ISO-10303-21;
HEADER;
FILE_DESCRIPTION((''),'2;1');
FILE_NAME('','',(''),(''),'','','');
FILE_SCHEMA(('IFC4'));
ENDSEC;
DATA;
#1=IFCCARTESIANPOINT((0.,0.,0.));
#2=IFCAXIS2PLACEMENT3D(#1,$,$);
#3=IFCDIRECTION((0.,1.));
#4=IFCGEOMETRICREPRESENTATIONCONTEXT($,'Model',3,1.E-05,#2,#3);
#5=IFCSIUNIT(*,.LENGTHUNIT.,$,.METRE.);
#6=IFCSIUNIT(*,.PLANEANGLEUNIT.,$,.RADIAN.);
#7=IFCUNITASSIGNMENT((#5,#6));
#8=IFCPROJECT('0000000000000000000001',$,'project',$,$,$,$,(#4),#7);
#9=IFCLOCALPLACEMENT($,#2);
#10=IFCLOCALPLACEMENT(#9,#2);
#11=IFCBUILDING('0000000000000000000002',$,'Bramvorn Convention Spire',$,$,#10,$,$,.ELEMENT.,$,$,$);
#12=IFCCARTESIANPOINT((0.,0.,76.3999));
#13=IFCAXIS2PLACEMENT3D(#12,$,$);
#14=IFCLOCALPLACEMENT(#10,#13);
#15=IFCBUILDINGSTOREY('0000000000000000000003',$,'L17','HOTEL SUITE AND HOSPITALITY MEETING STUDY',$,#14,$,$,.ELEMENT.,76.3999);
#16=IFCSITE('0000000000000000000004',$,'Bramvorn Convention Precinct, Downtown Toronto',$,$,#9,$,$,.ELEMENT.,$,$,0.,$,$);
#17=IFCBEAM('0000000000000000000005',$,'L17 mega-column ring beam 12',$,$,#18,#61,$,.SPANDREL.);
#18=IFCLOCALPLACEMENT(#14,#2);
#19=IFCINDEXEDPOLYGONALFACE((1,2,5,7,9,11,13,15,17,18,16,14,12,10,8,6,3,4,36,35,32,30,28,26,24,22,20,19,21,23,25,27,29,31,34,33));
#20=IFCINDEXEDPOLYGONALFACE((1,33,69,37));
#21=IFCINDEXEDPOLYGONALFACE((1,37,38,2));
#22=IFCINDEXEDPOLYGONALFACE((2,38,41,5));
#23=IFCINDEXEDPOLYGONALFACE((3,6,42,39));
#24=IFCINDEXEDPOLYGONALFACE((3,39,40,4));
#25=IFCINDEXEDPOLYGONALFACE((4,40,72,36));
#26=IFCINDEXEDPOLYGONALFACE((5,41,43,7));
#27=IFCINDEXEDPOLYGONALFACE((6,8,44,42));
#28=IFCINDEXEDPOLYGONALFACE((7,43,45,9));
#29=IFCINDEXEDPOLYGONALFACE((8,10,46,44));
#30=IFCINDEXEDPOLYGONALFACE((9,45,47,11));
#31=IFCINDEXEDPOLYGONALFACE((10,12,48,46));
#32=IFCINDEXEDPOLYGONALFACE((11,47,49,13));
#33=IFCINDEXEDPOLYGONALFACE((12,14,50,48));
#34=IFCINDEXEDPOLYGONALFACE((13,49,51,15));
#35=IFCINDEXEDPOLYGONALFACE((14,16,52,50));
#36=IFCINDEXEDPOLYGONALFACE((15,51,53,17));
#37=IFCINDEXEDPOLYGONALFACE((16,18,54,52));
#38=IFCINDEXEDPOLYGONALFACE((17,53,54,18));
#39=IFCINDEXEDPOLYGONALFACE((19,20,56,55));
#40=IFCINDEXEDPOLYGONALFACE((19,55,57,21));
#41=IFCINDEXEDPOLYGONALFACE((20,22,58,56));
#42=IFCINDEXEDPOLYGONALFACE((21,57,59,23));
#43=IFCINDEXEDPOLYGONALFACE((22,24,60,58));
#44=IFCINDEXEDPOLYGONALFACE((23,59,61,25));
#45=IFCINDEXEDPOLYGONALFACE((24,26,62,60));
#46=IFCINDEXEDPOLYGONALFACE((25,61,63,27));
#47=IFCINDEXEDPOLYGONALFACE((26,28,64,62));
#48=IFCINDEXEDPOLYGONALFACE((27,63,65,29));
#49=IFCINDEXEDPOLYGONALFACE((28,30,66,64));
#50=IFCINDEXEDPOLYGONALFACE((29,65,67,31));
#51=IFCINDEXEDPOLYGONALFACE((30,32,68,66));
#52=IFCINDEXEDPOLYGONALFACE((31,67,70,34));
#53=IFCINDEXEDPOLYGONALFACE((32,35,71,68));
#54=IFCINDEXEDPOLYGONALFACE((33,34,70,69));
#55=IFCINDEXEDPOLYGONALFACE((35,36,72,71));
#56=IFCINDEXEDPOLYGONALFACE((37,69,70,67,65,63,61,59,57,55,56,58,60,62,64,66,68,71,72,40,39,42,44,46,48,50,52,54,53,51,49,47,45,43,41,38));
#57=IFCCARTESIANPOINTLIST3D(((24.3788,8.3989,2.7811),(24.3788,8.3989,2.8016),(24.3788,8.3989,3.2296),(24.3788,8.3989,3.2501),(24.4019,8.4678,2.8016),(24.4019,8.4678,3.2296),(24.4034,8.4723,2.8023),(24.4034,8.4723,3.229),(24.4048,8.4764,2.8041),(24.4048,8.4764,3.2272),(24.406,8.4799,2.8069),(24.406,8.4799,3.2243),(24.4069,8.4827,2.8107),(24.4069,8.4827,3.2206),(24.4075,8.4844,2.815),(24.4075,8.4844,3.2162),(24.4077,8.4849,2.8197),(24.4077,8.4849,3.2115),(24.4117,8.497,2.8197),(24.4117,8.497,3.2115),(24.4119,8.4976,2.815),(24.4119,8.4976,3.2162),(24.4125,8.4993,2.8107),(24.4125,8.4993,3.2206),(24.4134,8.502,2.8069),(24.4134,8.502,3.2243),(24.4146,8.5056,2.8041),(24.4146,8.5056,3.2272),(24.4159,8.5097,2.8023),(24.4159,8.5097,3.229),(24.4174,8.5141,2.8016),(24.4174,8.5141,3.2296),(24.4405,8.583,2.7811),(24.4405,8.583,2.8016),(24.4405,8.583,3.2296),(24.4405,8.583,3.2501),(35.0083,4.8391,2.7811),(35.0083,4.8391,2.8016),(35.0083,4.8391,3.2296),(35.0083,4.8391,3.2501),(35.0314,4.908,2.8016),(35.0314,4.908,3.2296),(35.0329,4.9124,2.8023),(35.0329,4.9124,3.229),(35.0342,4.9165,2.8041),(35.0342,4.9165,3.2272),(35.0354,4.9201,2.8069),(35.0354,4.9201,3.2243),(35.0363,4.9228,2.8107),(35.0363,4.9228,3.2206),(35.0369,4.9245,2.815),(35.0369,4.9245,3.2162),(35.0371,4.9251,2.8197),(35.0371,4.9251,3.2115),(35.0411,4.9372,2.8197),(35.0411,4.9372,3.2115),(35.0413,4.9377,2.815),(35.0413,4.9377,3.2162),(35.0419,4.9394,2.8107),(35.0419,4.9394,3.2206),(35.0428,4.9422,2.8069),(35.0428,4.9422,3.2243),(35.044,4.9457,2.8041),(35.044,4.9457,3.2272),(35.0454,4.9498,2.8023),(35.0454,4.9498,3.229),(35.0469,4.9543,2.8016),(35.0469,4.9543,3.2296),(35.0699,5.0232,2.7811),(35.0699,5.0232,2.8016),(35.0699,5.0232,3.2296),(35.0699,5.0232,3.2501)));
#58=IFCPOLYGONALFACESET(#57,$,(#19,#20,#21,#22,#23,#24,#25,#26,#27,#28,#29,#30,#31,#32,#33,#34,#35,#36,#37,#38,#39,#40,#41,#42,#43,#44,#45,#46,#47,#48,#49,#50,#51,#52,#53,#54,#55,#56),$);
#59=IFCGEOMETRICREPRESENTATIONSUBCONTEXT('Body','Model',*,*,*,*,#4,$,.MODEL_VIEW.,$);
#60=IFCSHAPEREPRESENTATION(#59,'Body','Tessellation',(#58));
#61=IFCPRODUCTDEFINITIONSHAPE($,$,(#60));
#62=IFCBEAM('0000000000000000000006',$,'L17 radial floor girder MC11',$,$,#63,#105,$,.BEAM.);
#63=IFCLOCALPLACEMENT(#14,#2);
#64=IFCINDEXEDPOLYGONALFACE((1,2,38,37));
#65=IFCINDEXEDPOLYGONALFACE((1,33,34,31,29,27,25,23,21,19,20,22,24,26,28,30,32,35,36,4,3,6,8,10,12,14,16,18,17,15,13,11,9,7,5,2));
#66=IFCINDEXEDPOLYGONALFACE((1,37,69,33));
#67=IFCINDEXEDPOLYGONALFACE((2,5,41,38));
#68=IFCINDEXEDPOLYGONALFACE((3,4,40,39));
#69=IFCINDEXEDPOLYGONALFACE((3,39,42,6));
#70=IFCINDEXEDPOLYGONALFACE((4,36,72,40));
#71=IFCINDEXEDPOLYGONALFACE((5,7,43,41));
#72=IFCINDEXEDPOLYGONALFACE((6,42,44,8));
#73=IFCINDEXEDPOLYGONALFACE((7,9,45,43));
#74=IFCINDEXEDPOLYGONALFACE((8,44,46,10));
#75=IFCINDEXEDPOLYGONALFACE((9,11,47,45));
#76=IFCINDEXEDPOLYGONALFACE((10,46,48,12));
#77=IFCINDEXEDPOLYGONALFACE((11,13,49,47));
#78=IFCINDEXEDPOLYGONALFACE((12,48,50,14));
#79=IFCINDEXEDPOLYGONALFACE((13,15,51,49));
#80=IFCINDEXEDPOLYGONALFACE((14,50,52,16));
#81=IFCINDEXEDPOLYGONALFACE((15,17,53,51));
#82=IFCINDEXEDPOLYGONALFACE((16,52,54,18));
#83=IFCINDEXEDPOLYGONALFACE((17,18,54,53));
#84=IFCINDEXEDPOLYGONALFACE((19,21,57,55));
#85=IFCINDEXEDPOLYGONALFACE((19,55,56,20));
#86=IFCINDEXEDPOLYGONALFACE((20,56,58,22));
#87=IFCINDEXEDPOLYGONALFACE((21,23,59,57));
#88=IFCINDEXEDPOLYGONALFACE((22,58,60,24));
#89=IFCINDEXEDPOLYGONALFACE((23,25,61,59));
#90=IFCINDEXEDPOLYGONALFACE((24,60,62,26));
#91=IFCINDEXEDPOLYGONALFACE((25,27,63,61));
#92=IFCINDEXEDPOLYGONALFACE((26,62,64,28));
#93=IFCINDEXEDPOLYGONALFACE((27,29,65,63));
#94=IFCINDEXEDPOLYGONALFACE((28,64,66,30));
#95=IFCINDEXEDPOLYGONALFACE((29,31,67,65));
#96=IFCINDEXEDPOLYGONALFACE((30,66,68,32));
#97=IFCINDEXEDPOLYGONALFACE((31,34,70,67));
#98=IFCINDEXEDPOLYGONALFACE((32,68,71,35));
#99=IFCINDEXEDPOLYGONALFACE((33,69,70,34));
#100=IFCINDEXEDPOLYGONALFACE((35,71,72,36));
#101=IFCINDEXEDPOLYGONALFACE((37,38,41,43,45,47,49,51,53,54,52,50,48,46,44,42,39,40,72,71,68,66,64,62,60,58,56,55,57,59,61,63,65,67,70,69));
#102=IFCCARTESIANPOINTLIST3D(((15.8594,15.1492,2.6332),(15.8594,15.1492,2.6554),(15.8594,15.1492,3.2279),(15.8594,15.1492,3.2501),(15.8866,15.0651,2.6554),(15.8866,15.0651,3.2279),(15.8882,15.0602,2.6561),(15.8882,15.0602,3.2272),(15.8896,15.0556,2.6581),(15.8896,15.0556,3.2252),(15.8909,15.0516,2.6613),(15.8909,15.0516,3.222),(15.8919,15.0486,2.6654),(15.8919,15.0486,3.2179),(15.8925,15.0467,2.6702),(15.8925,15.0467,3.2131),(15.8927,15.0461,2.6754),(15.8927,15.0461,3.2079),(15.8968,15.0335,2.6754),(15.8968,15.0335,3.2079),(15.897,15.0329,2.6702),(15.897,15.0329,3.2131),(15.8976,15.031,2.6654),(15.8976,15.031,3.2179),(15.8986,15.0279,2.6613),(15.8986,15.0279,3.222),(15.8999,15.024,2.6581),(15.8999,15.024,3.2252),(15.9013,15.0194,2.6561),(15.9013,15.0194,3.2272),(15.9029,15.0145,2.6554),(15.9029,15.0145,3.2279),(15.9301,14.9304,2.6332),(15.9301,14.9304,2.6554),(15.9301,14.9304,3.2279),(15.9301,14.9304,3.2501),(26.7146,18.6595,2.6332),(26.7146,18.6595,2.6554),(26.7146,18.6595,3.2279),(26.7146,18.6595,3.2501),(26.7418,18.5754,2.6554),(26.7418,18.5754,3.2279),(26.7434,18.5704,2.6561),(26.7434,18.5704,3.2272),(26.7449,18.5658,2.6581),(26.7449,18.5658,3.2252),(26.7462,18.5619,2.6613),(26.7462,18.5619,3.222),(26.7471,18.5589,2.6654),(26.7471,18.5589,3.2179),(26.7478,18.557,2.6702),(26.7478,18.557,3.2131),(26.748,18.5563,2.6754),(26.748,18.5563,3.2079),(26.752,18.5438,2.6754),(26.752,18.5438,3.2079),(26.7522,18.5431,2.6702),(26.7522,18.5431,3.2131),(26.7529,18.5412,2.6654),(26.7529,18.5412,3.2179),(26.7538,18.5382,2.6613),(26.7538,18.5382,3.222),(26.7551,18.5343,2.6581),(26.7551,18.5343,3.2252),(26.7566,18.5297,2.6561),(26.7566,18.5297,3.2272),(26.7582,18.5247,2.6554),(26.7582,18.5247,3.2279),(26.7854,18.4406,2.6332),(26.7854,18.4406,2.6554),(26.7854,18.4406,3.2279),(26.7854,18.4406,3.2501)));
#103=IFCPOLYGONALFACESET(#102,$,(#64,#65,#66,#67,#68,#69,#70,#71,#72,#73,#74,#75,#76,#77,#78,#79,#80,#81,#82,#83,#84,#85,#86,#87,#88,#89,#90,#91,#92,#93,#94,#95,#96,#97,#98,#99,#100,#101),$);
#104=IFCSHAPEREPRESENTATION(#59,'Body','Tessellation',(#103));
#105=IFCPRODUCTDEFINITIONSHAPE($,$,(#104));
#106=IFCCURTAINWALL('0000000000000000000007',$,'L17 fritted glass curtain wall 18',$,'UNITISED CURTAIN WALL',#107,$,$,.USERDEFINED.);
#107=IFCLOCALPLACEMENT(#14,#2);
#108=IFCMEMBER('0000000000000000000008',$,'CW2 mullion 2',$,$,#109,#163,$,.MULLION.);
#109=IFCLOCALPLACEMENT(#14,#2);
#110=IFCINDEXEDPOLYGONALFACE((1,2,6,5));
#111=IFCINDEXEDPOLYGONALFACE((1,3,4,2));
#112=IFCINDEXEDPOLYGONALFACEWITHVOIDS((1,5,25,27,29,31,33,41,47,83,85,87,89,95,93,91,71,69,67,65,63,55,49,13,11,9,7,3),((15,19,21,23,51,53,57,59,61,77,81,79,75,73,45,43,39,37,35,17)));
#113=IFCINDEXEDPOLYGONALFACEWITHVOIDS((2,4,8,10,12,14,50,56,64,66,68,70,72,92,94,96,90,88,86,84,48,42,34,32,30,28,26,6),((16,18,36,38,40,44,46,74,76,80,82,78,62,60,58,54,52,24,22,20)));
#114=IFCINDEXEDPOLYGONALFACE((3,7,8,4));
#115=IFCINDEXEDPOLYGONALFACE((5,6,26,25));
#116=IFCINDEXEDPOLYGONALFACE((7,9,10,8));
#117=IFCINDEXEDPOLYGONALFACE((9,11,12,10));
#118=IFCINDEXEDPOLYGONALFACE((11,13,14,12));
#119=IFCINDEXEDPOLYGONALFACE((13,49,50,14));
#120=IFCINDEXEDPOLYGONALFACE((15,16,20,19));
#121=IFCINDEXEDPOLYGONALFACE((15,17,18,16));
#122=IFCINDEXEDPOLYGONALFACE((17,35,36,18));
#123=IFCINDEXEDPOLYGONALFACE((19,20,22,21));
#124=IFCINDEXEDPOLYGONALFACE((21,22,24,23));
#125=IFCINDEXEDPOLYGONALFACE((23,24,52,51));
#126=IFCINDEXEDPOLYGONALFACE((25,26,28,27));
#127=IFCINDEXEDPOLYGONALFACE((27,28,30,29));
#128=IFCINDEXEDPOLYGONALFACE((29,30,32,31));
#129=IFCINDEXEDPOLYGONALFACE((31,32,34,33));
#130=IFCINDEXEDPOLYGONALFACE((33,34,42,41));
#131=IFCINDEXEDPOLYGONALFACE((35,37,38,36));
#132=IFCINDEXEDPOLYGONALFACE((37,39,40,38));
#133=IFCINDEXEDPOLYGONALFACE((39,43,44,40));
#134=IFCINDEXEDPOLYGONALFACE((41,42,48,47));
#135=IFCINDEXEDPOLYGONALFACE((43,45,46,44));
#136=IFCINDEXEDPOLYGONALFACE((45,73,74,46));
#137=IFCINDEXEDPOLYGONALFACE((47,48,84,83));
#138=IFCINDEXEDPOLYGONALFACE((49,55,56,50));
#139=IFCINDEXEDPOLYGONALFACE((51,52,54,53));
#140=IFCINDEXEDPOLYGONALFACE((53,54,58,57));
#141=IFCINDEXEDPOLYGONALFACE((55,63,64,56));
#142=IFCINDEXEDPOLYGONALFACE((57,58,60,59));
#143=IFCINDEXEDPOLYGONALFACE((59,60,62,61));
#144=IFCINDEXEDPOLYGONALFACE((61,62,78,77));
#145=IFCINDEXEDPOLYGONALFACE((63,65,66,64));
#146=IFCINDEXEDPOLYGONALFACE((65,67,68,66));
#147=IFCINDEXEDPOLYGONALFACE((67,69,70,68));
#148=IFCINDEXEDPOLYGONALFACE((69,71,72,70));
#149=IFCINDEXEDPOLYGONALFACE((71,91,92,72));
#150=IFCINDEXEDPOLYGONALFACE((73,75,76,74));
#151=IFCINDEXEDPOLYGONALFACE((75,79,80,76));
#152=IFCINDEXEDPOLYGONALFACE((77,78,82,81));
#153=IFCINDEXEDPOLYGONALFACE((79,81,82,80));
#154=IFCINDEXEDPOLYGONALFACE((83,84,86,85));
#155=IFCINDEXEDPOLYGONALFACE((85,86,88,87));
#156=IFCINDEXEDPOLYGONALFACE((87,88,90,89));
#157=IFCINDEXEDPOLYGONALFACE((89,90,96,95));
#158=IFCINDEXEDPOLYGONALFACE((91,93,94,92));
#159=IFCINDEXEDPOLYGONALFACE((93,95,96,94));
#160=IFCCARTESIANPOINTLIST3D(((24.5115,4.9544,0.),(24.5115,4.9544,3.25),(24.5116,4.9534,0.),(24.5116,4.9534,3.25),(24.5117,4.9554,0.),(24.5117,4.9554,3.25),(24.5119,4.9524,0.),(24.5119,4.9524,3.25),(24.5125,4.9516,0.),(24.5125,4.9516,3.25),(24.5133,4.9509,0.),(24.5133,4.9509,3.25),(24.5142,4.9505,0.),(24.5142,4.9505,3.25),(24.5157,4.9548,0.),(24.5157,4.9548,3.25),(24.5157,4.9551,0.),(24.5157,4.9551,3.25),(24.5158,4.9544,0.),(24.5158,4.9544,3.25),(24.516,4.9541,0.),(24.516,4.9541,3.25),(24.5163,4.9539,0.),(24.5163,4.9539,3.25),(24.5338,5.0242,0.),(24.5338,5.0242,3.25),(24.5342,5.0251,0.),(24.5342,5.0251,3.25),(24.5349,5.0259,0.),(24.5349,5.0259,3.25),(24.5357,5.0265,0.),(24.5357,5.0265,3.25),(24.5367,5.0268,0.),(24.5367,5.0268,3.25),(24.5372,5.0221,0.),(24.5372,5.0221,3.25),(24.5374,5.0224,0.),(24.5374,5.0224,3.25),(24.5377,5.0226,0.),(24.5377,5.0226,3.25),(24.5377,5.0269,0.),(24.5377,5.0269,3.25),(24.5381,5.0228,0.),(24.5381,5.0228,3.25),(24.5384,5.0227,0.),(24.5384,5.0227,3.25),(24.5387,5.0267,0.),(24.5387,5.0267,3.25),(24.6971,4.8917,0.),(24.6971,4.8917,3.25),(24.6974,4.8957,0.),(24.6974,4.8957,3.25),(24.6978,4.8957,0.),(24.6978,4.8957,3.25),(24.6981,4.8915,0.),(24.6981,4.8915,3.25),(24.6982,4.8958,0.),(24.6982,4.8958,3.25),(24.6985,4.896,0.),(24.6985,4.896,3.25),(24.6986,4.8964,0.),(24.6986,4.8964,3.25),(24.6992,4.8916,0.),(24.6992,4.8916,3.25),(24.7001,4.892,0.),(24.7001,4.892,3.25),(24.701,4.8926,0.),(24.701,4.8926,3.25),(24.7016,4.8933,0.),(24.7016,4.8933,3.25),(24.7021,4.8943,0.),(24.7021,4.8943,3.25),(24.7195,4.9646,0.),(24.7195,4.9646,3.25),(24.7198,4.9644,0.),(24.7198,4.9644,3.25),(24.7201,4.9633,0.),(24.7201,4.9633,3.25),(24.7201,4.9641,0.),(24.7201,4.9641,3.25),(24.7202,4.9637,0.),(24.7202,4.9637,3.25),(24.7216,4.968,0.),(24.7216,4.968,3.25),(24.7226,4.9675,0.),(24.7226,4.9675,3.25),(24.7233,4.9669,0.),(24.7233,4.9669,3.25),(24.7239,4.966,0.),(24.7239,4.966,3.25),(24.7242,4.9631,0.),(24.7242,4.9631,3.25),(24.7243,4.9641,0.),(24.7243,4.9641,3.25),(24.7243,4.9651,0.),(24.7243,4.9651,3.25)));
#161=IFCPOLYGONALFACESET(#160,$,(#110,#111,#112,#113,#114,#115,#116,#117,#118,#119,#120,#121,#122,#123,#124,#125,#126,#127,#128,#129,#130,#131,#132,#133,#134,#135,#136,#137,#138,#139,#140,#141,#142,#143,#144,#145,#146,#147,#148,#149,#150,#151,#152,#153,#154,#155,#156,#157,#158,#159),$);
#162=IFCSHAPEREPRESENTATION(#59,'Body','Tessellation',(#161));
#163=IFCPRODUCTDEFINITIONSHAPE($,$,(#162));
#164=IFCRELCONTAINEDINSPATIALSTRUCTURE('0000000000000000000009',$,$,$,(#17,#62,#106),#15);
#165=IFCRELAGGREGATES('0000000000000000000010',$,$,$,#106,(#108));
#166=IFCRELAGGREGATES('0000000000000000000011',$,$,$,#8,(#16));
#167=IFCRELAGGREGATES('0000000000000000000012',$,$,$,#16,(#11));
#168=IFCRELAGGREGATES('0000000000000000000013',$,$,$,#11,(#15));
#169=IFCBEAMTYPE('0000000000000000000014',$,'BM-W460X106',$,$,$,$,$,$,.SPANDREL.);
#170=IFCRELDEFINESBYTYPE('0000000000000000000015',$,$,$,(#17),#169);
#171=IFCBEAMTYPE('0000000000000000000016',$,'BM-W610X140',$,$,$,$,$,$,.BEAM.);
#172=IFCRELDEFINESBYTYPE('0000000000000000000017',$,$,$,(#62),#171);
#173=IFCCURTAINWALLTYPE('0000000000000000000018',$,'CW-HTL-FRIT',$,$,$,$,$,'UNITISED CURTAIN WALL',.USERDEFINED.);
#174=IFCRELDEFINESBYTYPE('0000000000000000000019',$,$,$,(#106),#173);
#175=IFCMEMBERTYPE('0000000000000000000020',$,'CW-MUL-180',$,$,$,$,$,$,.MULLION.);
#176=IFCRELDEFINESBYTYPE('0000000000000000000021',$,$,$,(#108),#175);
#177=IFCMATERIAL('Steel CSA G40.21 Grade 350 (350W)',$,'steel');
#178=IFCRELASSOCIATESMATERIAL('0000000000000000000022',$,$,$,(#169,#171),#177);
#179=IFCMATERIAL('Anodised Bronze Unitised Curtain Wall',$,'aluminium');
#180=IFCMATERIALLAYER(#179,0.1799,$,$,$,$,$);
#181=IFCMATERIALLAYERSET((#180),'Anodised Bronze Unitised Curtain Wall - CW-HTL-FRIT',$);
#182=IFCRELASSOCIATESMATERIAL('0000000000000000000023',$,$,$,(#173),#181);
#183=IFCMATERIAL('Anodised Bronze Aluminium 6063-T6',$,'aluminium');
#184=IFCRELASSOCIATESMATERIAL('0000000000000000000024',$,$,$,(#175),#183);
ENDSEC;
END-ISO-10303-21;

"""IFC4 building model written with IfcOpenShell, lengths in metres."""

from ifc_helpers import new_model, si_unit, direction, frame, origin, origin_2d, place, context, subcontext, project, spatial, hollow_rectangle, i_section, extrude, material, layer, layer_set, material_profile, profile_set, type_object, element, aggregate, save


model = new_model("IFC4")

# Units and contexts
model_context = context("Model", 3, precision=1e-05, world=origin(), true_north=direction((0.0, 1.0)))
body_context = subcontext(model_context, "Body", "Model", "MODEL_VIEW")
ifc_project = project(units=[si_unit("LENGTHUNIT", "METRE"), si_unit("PLANEANGLEUNIT", "RADIAN")], contexts=[model_context])

# Site, building, storey
site_placement = place(None, origin())
site = spatial("IfcSite", under=ifc_project, at=site_placement, Name="Bramvorn Convention Precinct, Downtown Toronto", CompositionType="ELEMENT", RefElevation=0.0)
building_placement = place(site_placement, origin())
building = spatial("IfcBuilding", under=site, at=building_placement, Name="Bramvorn Convention Spire", CompositionType="ELEMENT")
storey_placement = place(building_placement, frame((0.0, 0.0, 76.3999)))
storey = spatial("IfcBuildingStorey", under=building, at=storey_placement, Name="L17", Description="HOTEL SUITE AND HOSPITALITY MEETING STUDY", CompositionType="ELEMENT", Elevation=76.3999)

# Shared definitions
ifc_material_1 = material(Name="Steel CSA G40.21 Grade 350 (350W)", Category="steel")

# Beams
ifc_material_profile_1 = material_profile(ifc_material_1, i_section(OverallWidth=0.1941, OverallDepth=0.469, WebThickness=0.0127, FlangeThickness=0.0205, FilletRadius=0.0181, at=origin_2d()))
ifc_profile_set_1 = profile_set([ifc_material_profile_1], Name="Steel CSA G40.21 Grade 350 (350W) - W460X106")
beam_type_1 = type_object("IfcBeamType", Name="BM-W460X106", PredefinedType="SPANDREL", material=ifc_profile_set_1)
beam_1_placement = place(storey_placement, frame((24.4097, 8.491, 3.0156), z_axis=(0.948236, -0.317567, 0.0), x_axis=(0.317567, 0.948236, 0.0)))
element("IfcBeam", 1, at=beam_1_placement, inside=storey, type_object=beam_type_1, Name="L17 mega-column ring beam 12", PredefinedType="SPANDREL", context=body_context, shape_type="SweptSolid", body=[
    extrude(i_section(OverallWidth=0.1941, OverallDepth=0.469, WebThickness=0.0127, FlangeThickness=0.0205, FilletRadius=0.0181, at=origin_2d()), origin(), (0.0, 0.0, 1.0), 11.2097),
])
ifc_material_profile_2 = material_profile(ifc_material_1, i_section(OverallWidth=0.23, OverallDepth=0.6169, WebThickness=0.0132, FlangeThickness=0.0222, FilletRadius=0.02, at=origin_2d()))
ifc_profile_set_2 = profile_set([ifc_material_profile_2], Name="Steel CSA G40.21 Grade 350 (350W) - W610X140")
beam_type_2 = type_object("IfcBeamType", Name="BM-W610X140", PredefinedType="BEAM", material=ifc_profile_set_2)
beam_2_placement = place(storey_placement, frame((26.75, 18.55, 2.9417), z_axis=(-0.951489, -0.307683, 0.0), x_axis=(0.307683, -0.951489, 0.0)))
element("IfcBeam", 2, at=beam_2_placement, inside=storey, type_object=beam_type_2, Name="L17 radial floor girder MC11", PredefinedType="BEAM", context=body_context, shape_type="SweptSolid", body=[
    extrude(i_section(OverallWidth=0.23, OverallDepth=0.6169, WebThickness=0.0132, FlangeThickness=0.0222, FilletRadius=0.02, at=origin_2d()), origin(), (0.0, 0.0, 1.0), 11.4087),
])

# Curtain wall, member
ifc_material_2 = material(Name="Anodised Bronze Unitised Curtain Wall", Category="aluminium")
ifc_layer_1 = layer(ifc_material_2, 0.1799)
ifc_layer_set_1 = layer_set([ifc_layer_1], Name="Anodised Bronze Unitised Curtain Wall - CW-HTL-FRIT")
curtain_wall_type = type_object("IfcCurtainWallType", Name="CW-HTL-FRIT", ElementType="UNITISED CURTAIN WALL", PredefinedType="USERDEFINED", material=ifc_layer_set_1)
curtain_wall_placement = place(storey_placement, origin())
curtain_wall = element("IfcCurtainWall", 3, at=curtain_wall_placement, inside=storey, type_object=curtain_wall_type, Name="L17 fritted glass curtain wall 18", ObjectType="UNITISED CURTAIN WALL", PredefinedType="USERDEFINED")
ifc_material_3 = material(Name="Anodised Bronze Aluminium 6063-T6", Category="aluminium")
ifc_material_profile_3 = material_profile(ifc_material_3, hollow_rectangle(XDim=0.0801, YDim=0.2, WallThickness=0.0039, InnerFilletRadius=0.001, OuterFilletRadius=0.0039, at=origin_2d()))
ifc_profile_set_3 = profile_set([ifc_material_profile_3], Name="Anodised Bronze Aluminium 6063-T6 - CWM80X200")
member_type_1 = type_object("IfcMemberType", Name="CW-MUL-180", PredefinedType="MULLION", material=ifc_profile_set_3)
member_1_placement = place(storey_placement, frame((24.6179, 4.9592, 0.0), z_axis=(0.0, 0.0, 1.0), x_axis=(-0.305801, -0.952095, 0.0)))
member_1 = element("IfcMember", 4, at=member_1_placement, type_object=member_type_1, Name="CW2 mullion 2", PredefinedType="MULLION", context=body_context, shape_type="SweptSolid", body=[
    extrude(hollow_rectangle(XDim=0.0801, YDim=0.2, WallThickness=0.0039, InnerFilletRadius=0.001, OuterFilletRadius=0.0039, at=origin_2d()), origin(), (0.0, 0.0, 1.0), 3.25),
])
aggregate(curtain_wall, [member_1])

save(model, "model.ifc")
